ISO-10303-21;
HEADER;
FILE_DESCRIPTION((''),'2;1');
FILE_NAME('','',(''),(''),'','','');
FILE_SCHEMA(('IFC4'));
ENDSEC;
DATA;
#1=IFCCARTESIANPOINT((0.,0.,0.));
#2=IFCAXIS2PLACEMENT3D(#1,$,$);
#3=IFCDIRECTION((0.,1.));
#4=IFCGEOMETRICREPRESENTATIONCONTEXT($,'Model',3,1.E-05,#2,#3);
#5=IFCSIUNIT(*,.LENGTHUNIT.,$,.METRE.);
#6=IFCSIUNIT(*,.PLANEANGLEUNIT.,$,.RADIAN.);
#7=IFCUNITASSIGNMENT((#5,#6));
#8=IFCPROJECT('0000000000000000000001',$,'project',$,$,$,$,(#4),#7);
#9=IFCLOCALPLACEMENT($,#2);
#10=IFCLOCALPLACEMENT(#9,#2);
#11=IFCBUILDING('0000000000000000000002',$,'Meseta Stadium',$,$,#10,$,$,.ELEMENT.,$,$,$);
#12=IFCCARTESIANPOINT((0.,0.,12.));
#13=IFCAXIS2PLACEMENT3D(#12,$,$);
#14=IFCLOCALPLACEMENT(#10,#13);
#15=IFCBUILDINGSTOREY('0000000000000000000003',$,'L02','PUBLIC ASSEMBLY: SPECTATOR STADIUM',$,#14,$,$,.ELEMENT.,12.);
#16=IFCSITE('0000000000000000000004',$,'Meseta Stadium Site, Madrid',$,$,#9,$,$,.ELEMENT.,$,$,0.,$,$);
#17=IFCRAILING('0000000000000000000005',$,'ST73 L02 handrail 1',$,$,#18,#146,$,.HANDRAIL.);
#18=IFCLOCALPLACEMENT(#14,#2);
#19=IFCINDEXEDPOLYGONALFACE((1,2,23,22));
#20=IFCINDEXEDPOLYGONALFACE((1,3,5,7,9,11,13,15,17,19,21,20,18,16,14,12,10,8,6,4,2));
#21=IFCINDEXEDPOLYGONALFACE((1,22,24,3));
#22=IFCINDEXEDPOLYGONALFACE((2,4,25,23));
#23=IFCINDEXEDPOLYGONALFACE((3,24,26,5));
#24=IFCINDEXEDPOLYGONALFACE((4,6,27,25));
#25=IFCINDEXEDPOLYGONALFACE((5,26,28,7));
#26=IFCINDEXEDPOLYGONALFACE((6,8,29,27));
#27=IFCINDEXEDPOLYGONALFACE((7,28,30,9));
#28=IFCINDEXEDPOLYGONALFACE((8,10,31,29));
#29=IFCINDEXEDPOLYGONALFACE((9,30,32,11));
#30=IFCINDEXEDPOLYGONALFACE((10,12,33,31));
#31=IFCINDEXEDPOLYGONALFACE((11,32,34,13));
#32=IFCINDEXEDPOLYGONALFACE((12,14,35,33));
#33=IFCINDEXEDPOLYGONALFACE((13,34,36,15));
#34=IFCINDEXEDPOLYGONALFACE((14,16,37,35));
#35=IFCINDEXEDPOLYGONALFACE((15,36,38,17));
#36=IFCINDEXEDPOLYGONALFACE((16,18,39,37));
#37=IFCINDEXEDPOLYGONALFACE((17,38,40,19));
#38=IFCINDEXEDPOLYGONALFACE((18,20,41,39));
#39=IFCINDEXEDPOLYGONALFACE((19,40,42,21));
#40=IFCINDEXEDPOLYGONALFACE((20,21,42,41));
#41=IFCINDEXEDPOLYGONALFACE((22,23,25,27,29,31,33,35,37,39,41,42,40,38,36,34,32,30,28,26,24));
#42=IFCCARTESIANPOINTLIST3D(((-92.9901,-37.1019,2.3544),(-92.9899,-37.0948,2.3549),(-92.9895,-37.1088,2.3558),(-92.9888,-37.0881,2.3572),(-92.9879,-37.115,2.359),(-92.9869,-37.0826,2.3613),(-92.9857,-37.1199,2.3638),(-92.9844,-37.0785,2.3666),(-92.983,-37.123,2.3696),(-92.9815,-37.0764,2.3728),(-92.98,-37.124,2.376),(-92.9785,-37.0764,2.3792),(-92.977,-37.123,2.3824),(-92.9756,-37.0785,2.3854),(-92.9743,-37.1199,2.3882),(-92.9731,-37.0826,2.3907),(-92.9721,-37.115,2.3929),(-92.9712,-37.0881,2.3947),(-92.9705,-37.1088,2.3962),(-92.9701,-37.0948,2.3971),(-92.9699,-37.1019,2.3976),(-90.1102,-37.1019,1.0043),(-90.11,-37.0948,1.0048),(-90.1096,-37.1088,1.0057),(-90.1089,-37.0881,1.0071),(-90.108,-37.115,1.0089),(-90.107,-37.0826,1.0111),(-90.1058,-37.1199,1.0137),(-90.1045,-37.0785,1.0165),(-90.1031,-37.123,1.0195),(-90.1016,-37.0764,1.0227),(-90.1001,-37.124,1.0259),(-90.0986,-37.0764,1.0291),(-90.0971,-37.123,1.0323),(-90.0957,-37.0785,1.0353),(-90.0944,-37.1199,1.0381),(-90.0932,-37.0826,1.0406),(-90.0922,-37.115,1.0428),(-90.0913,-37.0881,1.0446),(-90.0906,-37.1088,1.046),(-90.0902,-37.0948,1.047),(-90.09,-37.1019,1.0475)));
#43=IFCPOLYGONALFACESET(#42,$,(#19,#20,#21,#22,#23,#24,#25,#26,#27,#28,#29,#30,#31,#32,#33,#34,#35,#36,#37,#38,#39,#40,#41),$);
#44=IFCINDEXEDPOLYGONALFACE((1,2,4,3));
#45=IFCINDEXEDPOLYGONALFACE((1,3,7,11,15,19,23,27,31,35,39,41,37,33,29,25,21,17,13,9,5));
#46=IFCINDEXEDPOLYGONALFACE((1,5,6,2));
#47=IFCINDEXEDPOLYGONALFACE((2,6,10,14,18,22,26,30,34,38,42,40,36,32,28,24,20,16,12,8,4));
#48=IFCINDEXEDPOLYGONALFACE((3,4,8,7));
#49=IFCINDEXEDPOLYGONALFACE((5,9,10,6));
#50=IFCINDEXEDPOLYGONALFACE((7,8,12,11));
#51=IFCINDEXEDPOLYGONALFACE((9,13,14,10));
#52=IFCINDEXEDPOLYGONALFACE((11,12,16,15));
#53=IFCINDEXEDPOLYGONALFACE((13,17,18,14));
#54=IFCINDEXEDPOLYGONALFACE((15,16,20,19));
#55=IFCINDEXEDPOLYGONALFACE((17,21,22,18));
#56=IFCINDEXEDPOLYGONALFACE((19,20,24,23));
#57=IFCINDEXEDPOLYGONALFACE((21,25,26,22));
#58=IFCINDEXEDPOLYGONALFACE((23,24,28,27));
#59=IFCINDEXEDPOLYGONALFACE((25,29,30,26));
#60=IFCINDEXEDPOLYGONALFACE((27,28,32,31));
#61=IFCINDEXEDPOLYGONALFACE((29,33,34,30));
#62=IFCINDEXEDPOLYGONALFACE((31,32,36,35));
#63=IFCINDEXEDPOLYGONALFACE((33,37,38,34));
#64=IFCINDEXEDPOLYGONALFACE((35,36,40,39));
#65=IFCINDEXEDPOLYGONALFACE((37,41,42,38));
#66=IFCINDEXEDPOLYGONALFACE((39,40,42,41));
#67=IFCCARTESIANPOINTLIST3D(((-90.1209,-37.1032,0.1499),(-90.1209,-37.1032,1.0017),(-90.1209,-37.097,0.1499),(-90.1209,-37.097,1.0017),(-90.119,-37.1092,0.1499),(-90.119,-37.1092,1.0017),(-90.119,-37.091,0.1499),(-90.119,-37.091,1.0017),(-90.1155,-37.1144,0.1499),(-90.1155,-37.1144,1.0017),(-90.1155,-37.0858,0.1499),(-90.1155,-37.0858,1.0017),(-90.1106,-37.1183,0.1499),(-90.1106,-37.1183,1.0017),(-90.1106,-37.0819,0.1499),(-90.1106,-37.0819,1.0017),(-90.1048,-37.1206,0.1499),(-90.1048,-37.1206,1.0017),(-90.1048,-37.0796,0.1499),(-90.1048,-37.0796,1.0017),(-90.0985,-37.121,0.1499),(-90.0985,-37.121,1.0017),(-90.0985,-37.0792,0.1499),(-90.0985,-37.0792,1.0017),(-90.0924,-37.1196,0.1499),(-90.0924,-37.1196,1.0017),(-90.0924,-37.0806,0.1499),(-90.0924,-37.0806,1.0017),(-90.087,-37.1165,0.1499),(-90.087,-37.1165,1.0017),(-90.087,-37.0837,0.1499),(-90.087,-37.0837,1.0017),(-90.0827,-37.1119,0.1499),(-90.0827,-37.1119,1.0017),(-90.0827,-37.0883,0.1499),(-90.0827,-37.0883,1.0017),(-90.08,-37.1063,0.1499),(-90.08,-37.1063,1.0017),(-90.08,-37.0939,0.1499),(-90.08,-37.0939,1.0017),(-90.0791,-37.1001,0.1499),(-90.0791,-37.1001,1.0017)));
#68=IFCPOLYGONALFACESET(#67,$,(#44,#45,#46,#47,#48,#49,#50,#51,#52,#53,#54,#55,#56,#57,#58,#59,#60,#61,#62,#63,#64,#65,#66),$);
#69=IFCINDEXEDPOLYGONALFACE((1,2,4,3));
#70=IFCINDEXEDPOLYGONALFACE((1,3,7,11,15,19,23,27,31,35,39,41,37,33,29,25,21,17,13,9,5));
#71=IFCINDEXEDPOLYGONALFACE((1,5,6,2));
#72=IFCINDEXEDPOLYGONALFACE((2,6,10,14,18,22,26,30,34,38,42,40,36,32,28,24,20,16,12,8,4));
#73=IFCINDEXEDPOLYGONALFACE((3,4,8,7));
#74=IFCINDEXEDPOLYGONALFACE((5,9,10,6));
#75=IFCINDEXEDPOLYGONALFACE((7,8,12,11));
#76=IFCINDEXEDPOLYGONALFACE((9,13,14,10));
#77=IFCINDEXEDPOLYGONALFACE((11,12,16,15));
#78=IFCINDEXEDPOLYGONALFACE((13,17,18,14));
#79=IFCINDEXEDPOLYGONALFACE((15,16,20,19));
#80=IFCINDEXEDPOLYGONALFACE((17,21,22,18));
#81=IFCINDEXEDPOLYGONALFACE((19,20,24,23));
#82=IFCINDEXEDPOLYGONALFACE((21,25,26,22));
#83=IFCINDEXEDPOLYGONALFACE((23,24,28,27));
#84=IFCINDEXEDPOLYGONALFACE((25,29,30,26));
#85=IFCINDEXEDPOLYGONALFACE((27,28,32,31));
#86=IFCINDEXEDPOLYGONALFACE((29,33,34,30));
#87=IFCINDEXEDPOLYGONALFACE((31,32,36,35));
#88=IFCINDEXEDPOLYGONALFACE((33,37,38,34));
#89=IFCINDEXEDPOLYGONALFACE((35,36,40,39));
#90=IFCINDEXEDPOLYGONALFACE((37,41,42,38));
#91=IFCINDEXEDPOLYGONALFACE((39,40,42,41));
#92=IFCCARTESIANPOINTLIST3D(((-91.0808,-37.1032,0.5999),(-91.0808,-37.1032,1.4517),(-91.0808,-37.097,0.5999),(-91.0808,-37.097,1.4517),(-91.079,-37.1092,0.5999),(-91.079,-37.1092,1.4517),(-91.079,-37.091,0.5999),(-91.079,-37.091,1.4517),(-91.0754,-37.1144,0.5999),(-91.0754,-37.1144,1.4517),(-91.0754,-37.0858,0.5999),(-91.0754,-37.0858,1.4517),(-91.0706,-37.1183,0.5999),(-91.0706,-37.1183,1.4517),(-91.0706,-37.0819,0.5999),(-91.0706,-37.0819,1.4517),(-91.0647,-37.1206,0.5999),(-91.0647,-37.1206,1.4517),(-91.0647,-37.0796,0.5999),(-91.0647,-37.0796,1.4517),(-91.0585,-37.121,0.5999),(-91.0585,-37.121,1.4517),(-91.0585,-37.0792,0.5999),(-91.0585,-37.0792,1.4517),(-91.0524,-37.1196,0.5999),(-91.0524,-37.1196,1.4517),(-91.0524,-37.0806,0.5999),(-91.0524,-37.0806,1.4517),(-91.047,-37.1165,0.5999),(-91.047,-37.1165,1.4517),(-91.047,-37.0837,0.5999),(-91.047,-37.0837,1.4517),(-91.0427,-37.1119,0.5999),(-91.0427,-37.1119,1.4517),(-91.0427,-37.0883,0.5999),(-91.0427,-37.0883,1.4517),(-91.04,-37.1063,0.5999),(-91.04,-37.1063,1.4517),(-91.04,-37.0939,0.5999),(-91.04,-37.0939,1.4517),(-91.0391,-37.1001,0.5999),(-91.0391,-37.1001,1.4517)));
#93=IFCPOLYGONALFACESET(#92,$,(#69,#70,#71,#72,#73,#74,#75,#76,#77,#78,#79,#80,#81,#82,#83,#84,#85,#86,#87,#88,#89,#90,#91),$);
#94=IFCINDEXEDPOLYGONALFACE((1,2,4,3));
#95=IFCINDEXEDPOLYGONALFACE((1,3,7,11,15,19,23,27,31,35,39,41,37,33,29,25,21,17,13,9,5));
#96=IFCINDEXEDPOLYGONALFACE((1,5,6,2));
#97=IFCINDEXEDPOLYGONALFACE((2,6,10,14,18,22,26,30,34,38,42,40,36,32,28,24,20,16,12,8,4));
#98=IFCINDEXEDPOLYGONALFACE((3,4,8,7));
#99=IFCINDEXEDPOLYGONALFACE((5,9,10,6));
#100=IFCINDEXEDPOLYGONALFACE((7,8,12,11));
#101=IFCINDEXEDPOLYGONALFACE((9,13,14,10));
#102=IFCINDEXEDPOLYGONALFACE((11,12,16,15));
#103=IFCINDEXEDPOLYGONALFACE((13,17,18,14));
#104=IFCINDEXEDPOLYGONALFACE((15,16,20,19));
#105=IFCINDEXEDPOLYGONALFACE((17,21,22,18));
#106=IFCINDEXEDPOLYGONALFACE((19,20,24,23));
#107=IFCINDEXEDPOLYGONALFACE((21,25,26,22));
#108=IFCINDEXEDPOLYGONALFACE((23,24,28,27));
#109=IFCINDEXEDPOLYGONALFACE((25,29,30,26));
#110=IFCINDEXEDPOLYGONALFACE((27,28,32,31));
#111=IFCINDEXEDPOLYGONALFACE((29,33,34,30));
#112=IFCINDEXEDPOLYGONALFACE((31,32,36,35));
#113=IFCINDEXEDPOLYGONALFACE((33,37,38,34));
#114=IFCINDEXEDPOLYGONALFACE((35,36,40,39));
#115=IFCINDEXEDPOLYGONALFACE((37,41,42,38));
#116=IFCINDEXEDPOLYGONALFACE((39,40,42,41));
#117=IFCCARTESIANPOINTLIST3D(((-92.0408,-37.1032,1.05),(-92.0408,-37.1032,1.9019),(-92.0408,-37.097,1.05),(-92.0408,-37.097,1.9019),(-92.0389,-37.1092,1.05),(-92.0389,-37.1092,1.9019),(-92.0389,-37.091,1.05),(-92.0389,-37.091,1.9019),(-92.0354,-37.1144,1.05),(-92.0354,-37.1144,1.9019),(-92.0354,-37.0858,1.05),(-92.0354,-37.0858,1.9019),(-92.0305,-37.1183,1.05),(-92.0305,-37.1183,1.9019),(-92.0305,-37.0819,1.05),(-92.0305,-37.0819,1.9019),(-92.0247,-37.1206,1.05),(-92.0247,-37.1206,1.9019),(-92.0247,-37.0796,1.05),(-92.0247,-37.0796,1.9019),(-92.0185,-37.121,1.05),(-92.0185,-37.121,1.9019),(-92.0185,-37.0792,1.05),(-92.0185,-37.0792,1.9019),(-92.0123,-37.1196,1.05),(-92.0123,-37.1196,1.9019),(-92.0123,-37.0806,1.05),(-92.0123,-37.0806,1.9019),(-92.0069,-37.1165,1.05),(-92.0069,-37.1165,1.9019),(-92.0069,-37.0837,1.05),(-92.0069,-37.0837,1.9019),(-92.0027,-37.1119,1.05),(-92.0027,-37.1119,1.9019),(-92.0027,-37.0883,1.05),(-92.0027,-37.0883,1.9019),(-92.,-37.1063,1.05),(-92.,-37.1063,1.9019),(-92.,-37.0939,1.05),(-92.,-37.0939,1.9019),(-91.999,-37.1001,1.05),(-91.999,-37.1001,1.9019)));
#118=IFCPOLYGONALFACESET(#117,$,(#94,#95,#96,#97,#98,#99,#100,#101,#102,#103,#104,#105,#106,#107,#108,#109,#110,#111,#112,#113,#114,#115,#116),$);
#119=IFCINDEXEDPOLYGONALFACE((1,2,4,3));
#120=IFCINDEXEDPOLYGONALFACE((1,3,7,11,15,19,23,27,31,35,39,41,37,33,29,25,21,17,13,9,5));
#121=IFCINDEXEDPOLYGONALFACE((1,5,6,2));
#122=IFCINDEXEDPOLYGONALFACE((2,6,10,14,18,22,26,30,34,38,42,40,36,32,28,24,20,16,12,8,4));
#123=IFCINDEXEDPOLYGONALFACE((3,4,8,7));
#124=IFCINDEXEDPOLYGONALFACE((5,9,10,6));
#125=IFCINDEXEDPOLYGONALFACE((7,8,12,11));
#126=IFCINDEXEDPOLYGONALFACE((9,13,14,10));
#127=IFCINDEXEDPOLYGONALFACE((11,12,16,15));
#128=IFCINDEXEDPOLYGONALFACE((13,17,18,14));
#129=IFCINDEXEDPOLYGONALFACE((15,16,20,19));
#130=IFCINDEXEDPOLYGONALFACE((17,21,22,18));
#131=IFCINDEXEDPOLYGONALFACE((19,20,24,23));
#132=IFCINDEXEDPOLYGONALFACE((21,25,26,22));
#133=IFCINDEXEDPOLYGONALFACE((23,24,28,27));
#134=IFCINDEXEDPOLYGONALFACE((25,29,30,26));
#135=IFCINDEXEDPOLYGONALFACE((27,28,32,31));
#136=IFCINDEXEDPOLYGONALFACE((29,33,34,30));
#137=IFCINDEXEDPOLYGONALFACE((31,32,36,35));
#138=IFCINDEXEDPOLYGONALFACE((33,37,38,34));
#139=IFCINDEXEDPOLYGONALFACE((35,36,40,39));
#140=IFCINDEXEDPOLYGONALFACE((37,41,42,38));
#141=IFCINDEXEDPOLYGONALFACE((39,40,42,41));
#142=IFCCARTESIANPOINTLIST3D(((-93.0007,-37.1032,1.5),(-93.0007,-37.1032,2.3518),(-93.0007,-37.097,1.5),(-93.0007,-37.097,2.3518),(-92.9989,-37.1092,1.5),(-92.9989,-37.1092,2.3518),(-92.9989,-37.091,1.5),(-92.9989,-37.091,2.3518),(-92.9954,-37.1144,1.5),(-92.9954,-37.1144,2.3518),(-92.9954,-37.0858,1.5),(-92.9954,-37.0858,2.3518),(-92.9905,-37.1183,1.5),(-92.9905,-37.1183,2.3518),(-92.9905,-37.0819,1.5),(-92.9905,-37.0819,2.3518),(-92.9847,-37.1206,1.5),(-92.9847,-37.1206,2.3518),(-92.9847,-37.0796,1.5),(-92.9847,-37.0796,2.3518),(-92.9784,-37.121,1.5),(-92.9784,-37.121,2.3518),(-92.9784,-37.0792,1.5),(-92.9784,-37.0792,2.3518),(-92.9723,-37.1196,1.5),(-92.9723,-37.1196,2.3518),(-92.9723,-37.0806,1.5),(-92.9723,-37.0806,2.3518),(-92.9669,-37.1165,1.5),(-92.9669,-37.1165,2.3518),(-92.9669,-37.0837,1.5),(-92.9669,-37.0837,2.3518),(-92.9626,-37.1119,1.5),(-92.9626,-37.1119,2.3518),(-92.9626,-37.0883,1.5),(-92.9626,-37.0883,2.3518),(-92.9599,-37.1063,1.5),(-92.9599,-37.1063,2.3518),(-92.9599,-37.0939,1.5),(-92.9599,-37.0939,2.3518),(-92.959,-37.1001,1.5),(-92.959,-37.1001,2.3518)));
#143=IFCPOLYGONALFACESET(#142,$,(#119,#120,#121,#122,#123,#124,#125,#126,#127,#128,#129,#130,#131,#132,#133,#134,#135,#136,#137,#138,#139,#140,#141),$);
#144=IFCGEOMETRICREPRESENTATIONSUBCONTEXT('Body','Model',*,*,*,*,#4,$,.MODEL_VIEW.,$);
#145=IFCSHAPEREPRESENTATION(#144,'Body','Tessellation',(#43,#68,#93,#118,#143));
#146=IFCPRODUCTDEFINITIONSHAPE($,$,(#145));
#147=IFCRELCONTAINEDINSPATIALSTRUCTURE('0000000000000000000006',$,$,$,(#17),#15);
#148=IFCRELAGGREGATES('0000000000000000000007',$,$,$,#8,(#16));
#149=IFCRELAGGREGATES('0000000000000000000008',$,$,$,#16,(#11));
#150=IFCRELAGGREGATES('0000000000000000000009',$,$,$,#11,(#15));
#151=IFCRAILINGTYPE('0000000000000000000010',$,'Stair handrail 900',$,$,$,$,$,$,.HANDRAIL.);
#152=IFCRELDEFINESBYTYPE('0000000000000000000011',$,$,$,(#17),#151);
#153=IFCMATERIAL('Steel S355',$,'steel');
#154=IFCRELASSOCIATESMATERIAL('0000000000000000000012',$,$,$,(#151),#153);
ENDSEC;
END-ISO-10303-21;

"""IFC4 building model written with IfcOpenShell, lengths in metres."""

from ifc_helpers import new_model, si_unit, direction, frame, origin, origin_2d, place, context, subcontext, project, spatial, circle, extrude, material, type_object, element, save


model = new_model("IFC4")

# Units and contexts
model_context = context("Model", 3, precision=1e-05, world=origin(), true_north=direction((0.0, 1.0)))
body_context = subcontext(model_context, "Body", "Model", "MODEL_VIEW")
ifc_project = project(units=[si_unit("LENGTHUNIT", "METRE"), si_unit("PLANEANGLEUNIT", "RADIAN")], contexts=[model_context])

# Site, building, storey
site_placement = place(None, origin())
site = spatial("IfcSite", under=ifc_project, at=site_placement, Name="Meseta Stadium Site, Madrid", CompositionType="ELEMENT", RefElevation=0.0)
building_placement = place(site_placement, origin())
building = spatial("IfcBuilding", under=site, at=building_placement, Name="Meseta Stadium", CompositionType="ELEMENT")
storey_placement = place(building_placement, frame((0.0, 0.0, 12.0)))
storey = spatial("IfcBuildingStorey", under=building, at=storey_placement, Name="L02", Description="PUBLIC ASSEMBLY: SPECTATOR STADIUM", CompositionType="ELEMENT", Elevation=12.0)

# Railing
ifc_material_1 = material(Name="Steel S355", Category="steel")
railing_type_1 = type_object("IfcRailingType", Name="Stair handrail 900", PredefinedType="HANDRAIL", material=ifc_material_1)
railing_1_placement = place(storey_placement, frame((-90.1001, -37.1001, 0.1499)))
element("IfcRailing", 1, at=railing_1_placement, inside=storey, type_object=railing_type_1, Name="ST73 L02 handrail 1", PredefinedType="HANDRAIL", context=body_context, shape_type="SweptSolid", body=[
    extrude(circle(Radius=0.0239, at=origin_2d()), frame((0.0, 0.0, 0.876), z_axis=(-0.90544, 0.0, 0.424473), x_axis=(0.0, -1.0, 0.0)), (0.0, 0.0, 1.0), 3.1807),
    extrude(circle(Radius=0.021, at=origin_2d()), origin(), (0.0, 0.0, 1.0), 0.8518),
    extrude(circle(Radius=0.021, at=origin_2d()), frame((-0.96, 0.0, 0.45)), (0.0, 0.0, 1.0), 0.8518),
    extrude(circle(Radius=0.021, at=origin_2d()), frame((-1.9199, 0.0, 0.9001)), (0.0, 0.0, 1.0), 0.8518),
    extrude(circle(Radius=0.021, at=origin_2d()), frame((-2.8799, 0.0, 1.3501)), (0.0, 0.0, 1.0), 0.8518),
])

save(model, "model.ifc")
